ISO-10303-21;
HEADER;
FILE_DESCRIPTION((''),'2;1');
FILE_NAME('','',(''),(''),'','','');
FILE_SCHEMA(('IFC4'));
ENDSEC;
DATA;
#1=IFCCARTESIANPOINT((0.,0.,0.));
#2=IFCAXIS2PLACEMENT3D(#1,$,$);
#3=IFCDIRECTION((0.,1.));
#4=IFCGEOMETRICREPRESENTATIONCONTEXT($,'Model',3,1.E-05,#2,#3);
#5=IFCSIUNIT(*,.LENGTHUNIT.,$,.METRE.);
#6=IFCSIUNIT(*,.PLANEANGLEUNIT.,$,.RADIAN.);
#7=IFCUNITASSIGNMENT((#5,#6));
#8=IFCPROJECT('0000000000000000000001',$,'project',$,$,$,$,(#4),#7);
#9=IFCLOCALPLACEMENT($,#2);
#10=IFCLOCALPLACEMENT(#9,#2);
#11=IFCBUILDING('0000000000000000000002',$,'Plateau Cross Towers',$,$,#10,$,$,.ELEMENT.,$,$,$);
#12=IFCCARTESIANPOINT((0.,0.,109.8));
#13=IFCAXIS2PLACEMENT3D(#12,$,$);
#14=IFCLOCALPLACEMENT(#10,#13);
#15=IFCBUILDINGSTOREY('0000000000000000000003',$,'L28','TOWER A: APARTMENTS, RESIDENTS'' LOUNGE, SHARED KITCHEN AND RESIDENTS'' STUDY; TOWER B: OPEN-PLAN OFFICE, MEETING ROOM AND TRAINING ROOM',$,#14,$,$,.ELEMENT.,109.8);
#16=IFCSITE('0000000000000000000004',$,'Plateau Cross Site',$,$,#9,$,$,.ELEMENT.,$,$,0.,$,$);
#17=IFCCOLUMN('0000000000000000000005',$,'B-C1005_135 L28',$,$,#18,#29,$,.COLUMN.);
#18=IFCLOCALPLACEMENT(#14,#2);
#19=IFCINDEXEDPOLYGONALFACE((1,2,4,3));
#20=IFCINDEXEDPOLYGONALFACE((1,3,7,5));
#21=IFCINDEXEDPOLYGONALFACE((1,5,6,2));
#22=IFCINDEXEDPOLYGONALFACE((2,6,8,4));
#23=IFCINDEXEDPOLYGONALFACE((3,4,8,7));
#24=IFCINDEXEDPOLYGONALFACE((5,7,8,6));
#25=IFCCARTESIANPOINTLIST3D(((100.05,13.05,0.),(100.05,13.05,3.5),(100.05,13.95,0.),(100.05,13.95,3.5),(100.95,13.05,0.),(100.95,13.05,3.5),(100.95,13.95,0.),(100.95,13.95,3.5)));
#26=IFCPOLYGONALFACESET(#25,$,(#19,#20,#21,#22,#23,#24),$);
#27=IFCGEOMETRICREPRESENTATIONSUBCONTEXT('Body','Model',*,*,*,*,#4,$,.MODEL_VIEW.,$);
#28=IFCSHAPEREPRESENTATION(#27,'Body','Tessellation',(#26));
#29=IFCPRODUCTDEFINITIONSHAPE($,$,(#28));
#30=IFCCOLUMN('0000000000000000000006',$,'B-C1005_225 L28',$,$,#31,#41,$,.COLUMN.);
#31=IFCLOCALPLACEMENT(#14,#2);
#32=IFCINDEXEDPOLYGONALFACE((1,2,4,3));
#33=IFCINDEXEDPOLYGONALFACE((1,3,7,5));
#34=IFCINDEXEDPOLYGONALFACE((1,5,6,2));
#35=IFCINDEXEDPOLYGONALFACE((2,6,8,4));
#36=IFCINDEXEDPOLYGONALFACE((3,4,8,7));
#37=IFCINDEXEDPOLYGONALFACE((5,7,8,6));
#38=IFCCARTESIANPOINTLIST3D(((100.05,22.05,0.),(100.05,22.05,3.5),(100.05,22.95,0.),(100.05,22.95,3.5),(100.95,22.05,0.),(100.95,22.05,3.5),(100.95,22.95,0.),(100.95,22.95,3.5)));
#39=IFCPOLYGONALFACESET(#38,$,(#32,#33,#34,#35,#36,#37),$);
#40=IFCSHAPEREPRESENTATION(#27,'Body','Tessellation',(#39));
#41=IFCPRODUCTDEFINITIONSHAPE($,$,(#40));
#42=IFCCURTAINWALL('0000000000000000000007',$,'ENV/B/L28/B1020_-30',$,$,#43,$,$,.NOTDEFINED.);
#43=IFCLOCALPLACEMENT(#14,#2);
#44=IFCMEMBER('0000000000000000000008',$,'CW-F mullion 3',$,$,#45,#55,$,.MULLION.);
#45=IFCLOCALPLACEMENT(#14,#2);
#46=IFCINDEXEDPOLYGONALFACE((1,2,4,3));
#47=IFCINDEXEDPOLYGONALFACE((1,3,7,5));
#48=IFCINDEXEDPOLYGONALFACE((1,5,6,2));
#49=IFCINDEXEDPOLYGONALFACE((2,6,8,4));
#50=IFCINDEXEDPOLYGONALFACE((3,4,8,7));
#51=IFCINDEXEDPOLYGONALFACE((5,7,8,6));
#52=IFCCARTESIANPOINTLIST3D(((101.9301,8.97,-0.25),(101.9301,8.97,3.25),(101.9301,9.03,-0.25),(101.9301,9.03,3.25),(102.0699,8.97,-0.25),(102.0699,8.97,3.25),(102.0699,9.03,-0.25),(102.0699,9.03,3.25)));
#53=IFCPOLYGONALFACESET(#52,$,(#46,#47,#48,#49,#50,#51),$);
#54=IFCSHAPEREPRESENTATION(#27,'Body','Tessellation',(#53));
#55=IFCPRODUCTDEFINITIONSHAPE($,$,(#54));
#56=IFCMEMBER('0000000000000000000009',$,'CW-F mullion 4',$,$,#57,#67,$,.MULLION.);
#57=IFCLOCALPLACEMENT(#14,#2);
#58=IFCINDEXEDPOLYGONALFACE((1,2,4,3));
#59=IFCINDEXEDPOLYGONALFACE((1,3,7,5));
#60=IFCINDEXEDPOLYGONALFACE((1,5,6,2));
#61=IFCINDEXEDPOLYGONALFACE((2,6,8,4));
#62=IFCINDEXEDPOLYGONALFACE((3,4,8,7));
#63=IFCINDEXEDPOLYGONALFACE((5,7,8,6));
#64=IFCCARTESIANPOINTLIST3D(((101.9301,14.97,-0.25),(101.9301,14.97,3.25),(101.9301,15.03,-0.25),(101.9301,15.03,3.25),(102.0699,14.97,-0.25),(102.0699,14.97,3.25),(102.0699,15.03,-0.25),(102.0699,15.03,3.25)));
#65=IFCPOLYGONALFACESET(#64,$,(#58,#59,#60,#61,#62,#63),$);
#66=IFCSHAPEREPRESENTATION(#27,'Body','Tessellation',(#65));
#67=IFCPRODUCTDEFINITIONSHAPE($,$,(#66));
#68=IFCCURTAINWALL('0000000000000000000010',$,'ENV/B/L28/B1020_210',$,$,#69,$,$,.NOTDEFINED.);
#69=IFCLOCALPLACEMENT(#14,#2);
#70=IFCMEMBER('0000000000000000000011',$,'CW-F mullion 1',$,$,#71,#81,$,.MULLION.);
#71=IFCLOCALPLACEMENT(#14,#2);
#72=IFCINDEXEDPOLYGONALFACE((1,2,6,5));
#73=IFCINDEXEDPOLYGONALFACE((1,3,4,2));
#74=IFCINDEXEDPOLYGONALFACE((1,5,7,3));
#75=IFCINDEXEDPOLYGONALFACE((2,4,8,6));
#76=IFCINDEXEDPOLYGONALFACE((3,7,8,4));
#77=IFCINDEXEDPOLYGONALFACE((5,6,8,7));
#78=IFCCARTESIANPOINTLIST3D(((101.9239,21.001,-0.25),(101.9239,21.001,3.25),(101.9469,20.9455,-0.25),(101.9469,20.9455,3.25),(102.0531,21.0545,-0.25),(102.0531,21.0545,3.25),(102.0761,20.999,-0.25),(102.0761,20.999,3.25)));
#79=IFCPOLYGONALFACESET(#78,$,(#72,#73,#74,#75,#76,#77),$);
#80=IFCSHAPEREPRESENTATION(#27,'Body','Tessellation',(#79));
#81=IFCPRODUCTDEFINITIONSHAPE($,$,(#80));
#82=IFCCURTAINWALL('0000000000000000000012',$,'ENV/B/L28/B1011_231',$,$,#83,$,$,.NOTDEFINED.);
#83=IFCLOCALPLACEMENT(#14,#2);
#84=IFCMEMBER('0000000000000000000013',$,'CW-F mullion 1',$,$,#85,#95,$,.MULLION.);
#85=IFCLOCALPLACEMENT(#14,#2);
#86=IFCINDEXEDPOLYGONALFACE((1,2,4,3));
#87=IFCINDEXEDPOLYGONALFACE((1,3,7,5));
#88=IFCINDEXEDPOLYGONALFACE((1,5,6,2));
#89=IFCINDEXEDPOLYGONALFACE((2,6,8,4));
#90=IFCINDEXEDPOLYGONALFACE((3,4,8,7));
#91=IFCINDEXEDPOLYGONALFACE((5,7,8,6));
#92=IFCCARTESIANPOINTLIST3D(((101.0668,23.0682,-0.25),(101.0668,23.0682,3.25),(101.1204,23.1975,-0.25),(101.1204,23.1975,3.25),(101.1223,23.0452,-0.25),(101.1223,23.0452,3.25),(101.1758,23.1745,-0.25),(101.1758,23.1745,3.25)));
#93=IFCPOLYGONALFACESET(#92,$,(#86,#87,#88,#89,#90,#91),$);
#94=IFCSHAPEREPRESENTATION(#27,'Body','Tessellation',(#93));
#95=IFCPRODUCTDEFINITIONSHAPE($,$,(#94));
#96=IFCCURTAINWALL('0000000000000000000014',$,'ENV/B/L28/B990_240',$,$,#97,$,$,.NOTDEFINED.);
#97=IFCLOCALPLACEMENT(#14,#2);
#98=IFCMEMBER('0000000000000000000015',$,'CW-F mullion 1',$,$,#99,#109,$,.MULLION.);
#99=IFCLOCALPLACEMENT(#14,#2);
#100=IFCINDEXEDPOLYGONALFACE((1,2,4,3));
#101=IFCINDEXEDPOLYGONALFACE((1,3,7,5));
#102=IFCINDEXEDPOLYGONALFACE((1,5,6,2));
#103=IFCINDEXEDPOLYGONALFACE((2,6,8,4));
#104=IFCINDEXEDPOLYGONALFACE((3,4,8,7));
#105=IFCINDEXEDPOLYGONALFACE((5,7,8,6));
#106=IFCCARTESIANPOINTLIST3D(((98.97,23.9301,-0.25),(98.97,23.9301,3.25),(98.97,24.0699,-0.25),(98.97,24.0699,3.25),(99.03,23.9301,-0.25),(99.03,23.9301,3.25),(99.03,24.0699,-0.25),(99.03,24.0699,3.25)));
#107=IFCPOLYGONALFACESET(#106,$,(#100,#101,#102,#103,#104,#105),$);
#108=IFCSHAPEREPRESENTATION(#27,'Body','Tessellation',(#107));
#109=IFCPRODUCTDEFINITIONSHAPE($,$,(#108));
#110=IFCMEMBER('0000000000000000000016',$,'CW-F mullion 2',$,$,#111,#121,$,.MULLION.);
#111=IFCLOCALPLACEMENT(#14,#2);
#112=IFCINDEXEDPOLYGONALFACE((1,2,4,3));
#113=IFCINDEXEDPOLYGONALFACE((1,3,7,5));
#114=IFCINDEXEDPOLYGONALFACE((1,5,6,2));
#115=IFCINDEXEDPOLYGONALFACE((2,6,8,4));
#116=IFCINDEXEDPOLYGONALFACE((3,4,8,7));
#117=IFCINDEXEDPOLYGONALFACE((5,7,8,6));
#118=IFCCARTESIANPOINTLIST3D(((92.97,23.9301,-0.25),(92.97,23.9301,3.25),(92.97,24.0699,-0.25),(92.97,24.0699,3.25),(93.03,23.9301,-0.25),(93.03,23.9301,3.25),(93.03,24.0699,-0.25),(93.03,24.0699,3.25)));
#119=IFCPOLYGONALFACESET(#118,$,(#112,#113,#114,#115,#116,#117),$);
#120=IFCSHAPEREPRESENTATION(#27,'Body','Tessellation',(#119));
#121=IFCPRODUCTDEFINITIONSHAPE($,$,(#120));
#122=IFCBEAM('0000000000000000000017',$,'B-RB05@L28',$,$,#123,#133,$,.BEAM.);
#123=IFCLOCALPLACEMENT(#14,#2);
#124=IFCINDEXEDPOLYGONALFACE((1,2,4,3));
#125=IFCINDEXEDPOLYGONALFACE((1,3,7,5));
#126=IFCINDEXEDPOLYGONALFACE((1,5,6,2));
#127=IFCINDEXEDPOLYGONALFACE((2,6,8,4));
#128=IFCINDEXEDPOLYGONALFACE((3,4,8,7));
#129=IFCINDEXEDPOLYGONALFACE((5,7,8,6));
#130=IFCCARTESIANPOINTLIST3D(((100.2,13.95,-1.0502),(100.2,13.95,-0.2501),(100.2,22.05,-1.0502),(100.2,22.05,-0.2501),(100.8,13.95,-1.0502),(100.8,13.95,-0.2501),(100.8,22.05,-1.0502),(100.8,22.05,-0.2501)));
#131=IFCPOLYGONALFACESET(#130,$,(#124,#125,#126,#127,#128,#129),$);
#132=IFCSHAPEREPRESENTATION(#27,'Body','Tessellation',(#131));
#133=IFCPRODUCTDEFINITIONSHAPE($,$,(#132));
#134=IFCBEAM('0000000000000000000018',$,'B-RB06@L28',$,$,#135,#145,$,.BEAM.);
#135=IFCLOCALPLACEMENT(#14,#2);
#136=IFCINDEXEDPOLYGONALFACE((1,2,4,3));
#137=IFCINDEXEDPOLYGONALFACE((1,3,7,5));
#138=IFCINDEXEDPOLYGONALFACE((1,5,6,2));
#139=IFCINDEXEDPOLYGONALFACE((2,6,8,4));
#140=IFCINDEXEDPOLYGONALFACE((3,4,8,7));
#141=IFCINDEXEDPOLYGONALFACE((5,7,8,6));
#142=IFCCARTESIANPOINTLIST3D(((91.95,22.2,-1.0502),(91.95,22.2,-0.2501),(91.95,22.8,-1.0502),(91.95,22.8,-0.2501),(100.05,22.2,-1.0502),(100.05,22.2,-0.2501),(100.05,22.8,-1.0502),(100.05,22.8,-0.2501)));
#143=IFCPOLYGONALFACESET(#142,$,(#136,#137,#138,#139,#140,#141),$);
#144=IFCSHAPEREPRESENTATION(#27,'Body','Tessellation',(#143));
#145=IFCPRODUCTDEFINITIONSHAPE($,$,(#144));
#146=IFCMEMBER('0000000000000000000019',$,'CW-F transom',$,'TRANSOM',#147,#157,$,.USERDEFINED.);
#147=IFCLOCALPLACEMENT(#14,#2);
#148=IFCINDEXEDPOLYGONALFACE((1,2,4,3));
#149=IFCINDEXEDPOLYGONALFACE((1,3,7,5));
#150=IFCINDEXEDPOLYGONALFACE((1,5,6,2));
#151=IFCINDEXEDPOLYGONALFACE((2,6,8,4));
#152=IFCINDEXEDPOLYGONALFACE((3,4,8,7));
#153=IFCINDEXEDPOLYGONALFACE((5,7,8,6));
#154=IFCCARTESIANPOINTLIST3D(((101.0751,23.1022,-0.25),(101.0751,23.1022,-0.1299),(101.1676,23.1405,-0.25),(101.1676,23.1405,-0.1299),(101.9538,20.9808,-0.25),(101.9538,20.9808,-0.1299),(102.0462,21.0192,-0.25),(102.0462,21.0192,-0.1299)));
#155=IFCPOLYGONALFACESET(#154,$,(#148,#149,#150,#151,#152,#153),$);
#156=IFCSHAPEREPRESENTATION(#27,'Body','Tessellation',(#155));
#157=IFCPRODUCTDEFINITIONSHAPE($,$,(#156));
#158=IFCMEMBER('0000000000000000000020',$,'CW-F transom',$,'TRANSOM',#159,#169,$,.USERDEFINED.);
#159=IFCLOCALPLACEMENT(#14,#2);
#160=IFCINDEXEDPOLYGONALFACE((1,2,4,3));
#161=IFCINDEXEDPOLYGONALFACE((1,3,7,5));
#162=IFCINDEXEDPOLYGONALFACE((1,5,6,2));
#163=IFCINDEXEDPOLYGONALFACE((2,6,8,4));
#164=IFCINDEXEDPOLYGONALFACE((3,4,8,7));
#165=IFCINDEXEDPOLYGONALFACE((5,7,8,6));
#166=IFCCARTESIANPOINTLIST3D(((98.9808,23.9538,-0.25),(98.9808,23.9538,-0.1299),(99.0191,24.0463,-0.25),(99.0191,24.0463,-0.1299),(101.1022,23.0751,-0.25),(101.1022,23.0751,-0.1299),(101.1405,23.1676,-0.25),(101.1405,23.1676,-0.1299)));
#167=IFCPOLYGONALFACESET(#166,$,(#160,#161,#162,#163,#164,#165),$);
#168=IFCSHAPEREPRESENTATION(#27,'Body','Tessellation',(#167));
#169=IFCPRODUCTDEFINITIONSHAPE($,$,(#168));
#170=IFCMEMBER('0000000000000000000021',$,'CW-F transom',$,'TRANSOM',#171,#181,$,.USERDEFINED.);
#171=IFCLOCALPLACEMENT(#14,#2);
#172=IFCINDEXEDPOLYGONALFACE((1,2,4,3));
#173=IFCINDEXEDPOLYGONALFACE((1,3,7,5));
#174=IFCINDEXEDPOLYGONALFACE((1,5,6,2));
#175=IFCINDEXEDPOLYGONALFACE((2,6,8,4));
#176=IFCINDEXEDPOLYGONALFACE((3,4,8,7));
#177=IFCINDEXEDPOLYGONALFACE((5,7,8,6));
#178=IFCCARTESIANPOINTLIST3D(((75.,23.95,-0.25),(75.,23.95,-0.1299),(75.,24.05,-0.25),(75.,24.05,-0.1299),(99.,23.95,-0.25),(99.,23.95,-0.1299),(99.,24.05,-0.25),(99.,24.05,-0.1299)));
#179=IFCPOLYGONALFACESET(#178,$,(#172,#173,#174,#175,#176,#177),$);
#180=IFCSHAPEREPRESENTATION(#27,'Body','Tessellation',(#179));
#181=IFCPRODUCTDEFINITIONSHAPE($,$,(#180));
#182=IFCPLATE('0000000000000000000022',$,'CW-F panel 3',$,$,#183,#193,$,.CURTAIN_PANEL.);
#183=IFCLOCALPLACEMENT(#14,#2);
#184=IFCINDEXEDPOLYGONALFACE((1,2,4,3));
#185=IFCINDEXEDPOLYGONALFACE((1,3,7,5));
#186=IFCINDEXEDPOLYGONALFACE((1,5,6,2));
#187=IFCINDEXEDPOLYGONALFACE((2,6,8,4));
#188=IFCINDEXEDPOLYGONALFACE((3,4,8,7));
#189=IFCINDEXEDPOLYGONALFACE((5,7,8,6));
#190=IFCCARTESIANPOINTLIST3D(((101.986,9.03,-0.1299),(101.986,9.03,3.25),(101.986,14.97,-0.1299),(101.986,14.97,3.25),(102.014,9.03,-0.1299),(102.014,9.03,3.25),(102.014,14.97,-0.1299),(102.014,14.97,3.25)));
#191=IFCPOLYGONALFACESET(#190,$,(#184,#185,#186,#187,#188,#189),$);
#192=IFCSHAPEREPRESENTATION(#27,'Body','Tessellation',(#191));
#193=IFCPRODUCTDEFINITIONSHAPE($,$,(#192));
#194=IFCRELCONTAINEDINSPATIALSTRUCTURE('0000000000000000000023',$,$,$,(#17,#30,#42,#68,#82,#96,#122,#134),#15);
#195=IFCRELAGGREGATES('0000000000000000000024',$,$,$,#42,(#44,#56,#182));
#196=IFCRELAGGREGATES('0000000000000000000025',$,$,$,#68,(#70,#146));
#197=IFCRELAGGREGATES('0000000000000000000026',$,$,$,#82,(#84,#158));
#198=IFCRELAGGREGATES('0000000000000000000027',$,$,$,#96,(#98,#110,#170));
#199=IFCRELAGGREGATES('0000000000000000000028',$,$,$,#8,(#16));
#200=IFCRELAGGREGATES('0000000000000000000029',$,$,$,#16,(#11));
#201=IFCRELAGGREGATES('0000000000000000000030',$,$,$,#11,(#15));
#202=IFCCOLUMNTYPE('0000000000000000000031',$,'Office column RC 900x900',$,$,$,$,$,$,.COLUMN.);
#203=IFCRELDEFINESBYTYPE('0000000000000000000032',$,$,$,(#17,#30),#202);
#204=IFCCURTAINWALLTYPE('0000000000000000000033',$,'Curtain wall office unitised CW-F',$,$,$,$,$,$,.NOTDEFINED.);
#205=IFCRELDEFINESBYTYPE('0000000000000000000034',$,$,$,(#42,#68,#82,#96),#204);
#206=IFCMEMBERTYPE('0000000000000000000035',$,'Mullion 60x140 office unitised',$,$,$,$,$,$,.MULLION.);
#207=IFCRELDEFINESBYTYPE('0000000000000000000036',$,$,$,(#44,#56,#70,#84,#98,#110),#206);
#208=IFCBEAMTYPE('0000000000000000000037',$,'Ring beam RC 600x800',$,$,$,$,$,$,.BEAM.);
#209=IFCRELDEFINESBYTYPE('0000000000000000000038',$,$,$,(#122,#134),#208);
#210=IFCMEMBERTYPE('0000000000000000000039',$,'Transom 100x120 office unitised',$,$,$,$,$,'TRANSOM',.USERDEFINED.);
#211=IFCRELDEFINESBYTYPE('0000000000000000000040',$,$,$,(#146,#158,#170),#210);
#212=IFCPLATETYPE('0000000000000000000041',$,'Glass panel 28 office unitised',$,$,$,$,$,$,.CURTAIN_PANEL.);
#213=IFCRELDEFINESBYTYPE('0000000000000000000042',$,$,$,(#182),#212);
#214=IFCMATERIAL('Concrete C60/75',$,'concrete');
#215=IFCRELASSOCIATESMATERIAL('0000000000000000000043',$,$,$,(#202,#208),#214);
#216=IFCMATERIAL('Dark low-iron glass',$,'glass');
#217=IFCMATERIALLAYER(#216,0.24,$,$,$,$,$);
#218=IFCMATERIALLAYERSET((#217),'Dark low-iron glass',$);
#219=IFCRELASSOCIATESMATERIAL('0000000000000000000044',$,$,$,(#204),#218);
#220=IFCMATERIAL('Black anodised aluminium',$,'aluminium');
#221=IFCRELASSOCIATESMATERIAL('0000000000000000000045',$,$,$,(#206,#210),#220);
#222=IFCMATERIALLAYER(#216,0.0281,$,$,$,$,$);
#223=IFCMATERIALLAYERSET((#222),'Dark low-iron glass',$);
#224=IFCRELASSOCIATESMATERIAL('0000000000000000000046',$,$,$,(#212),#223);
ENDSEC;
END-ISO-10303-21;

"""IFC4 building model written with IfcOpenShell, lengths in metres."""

from ifc_helpers import new_model, si_unit, direction, frame, origin, origin_2d, place, context, subcontext, project, spatial, rectangle, extrude, material, layer, layer_set, material_profile, profile_set, type_object, element, aggregate, save


model = new_model("IFC4")

# Units and contexts
model_context = context("Model", 3, precision=1e-05, world=origin(), true_north=direction((0.0, 1.0)))
body_context = subcontext(model_context, "Body", "Model", "MODEL_VIEW")
ifc_project = project(units=[si_unit("LENGTHUNIT", "METRE"), si_unit("PLANEANGLEUNIT", "RADIAN")], contexts=[model_context])

# Site, building, storey
site_placement = place(None, origin())
site = spatial("IfcSite", under=ifc_project, at=site_placement, Name="Plateau Cross Site", CompositionType="ELEMENT", RefElevation=0.0)
building_placement = place(site_placement, origin())
building = spatial("IfcBuilding", under=site, at=building_placement, Name="Plateau Cross Towers", CompositionType="ELEMENT")
storey_placement = place(building_placement, frame((0.0, 0.0, 109.8)))
storey = spatial("IfcBuildingStorey", under=building, at=storey_placement, Name="L28", Description="TOWER A: APARTMENTS, RESIDENTS' LOUNGE, SHARED KITCHEN AND RESIDENTS' STUDY; TOWER B: OPEN-PLAN OFFICE, MEETING ROOM AND TRAINING ROOM", CompositionType="ELEMENT", Elevation=109.8)

# Columns
ifc_material_1 = material(Name="Concrete C60/75", Category="concrete")
ifc_material_profile_1 = material_profile(ifc_material_1, rectangle(XDim=0.8999, YDim=0.8999, at=origin_2d()), Name="RC 900x900")
ifc_profile_set_1 = profile_set([ifc_material_profile_1], Name="Concrete C60/75")
column_type = type_object("IfcColumnType", Name="Office column RC 900x900", PredefinedType="COLUMN", material=ifc_profile_set_1)
for number, where, z_axis, x_axis, name in (
    (1, (100.5, 13.5, 0.0), (0.0, 0.0, 1.0), (1.0, 0.0, 0.0), "B-C1005_135 L28"),
    (2, (100.5, 22.5, 0.0), (0.0, 0.0, 1.0), (1.0, 0.0, 0.0), "B-C1005_225 L28"),
):
    element("IfcColumn", number, at=place(storey_placement, frame(where, z_axis=z_axis, x_axis=x_axis)), inside=storey, type_object=column_type, Name=name, PredefinedType="COLUMN", context=body_context, shape_type="SweptSolid", body=[
        extrude(rectangle(XDim=0.8999, YDim=0.8999, at=origin_2d()), origin(), (0.0, 0.0, 1.0), 3.5),
    ])

# Curtain wall, members
ifc_material_2 = material(Name="Dark low-iron glass", Category="glass")
ifc_layer_1 = layer(ifc_material_2, 0.24)
ifc_layer_set_1 = layer_set([ifc_layer_1], Name="Dark low-iron glass")
curtain_wall_type = type_object("IfcCurtainWallType", Name="Curtain wall office unitised CW-F", PredefinedType="NOTDEFINED", material=ifc_layer_set_1)
curtain_wall_1_placement = place(storey_placement, origin())
curtain_wall_1 = element("IfcCurtainWall", 3, at=curtain_wall_1_placement, inside=storey, type_object=curtain_wall_type, Name="ENV/B/L28/B1020_-30", PredefinedType="NOTDEFINED")
ifc_material_3 = material(Name="Black anodised aluminium", Category="aluminium")
ifc_material_profile_2 = material_profile(ifc_material_3, rectangle(XDim=0.0601, YDim=0.1399, at=origin_2d()), Name="MULLION 60x140")
ifc_profile_set_2 = profile_set([ifc_material_profile_2], Name="Black anodised aluminium")
member_type_1 = type_object("IfcMemberType", Name="Mullion 60x140 office unitised", PredefinedType="MULLION", material=ifc_profile_set_2)
member_1_placement = place(storey_placement, frame((102.0, 9.0, -0.25), z_axis=(0.0, 0.0, 1.0), x_axis=(0.0, 1.0, 0.0)))
member_1 = element("IfcMember", 4, at=member_1_placement, type_object=member_type_1, Name="CW-F mullion 3", PredefinedType="MULLION", context=body_context, shape_type="SweptSolid", body=[
    extrude(rectangle(XDim=0.0601, YDim=0.1399, at=origin_2d()), origin(), (0.0, 0.0, 1.0), 3.5),
])
member_2_placement = place(storey_placement, frame((102.0, 15.0, -0.25), z_axis=(0.0, 0.0, 1.0), x_axis=(0.0, 1.0, 0.0)))
member_2 = element("IfcMember", 5, at=member_2_placement, type_object=member_type_1, Name="CW-F mullion 4", PredefinedType="MULLION", context=body_context, shape_type="SweptSolid", body=[
    extrude(rectangle(XDim=0.0601, YDim=0.1399, at=origin_2d()), origin(), (0.0, 0.0, 1.0), 3.5),
])

# Curtain walls, members
curtain_wall_2_placement = place(storey_placement, origin())
curtain_wall_2 = element("IfcCurtainWall", 6, at=curtain_wall_2_placement, inside=storey, type_object=curtain_wall_type, Name="ENV/B/L28/B1020_210", PredefinedType="NOTDEFINED")
member_3_placement = place(storey_placement, frame((102.0, 21.0, -0.25), z_axis=(0.0, 0.0, 1.0), x_axis=(-0.382684, 0.923879, 0.0)))
member_3 = element("IfcMember", 7, at=member_3_placement, type_object=member_type_1, Name="CW-F mullion 1", PredefinedType="MULLION", context=body_context, shape_type="SweptSolid", body=[
    extrude(rectangle(XDim=0.0601, YDim=0.1399, at=origin_2d()), origin(), (0.0, 0.0, 1.0), 3.5),
])
curtain_wall_3_placement = place(storey_placement, origin())
curtain_wall_3 = element("IfcCurtainWall", 8, at=curtain_wall_3_placement, inside=storey, type_object=curtain_wall_type, Name="ENV/B/L28/B1011_231", PredefinedType="NOTDEFINED")
member_4_placement = place(storey_placement, frame((101.1213, 23.1213, -0.25), z_axis=(0.0, 0.0, 1.0), x_axis=(-0.923879, 0.382684, 0.0)))
member_4 = element("IfcMember", 9, at=member_4_placement, type_object=member_type_1, Name="CW-F mullion 1", PredefinedType="MULLION", context=body_context, shape_type="SweptSolid", body=[
    extrude(rectangle(XDim=0.0601, YDim=0.1399, at=origin_2d()), origin(), (0.0, 0.0, 1.0), 3.5),
])

# Curtain wall, members
curtain_wall_4_placement = place(storey_placement, origin())
curtain_wall_4 = element("IfcCurtainWall", 10, at=curtain_wall_4_placement, inside=storey, type_object=curtain_wall_type, Name="ENV/B/L28/B990_240", PredefinedType="NOTDEFINED")
member_5_placement = place(storey_placement, frame((99.0, 24.0, -0.25), z_axis=(0.0, 0.0, 1.0), x_axis=(-1.0, 0.0, 0.0)))
member_5 = element("IfcMember", 11, at=member_5_placement, type_object=member_type_1, Name="CW-F mullion 1", PredefinedType="MULLION", context=body_context, shape_type="SweptSolid", body=[
    extrude(rectangle(XDim=0.0601, YDim=0.1399, at=origin_2d()), origin(), (0.0, 0.0, 1.0), 3.5),
])
member_6_placement = place(storey_placement, frame((93.0, 24.0, -0.25), z_axis=(0.0, 0.0, 1.0), x_axis=(-1.0, 0.0, 0.0)))
member_6 = element("IfcMember", 12, at=member_6_placement, type_object=member_type_1, Name="CW-F mullion 2", PredefinedType="MULLION", context=body_context, shape_type="SweptSolid", body=[
    extrude(rectangle(XDim=0.0601, YDim=0.1399, at=origin_2d()), origin(), (0.0, 0.0, 1.0), 3.5),
])

# Beams
ifc_material_profile_3 = material_profile(ifc_material_1, rectangle(XDim=0.6001, YDim=0.8, at=origin_2d()), Name="RC 600x800")
ifc_profile_set_3 = profile_set([ifc_material_profile_3], Name="Concrete C60/75")
beam_type = type_object("IfcBeamType", Name="Ring beam RC 600x800", PredefinedType="BEAM", material=ifc_profile_set_3)
for number, where, z_axis, x_axis, name in (
    (13, (100.5, 13.95, -0.6501), (0.0, 1.0, 0.0), (-1.0, 0.0, 0.0), "B-RB05@L28"),
    (14, (100.05, 22.5, -0.6501), (-1.0, 0.0, 0.0), (0.0, -1.0, 0.0), "B-RB06@L28"),
):
    element("IfcBeam", number, at=place(storey_placement, frame(where, z_axis=z_axis, x_axis=x_axis)), inside=storey, type_object=beam_type, Name=name, PredefinedType="BEAM", context=body_context, shape_type="SweptSolid", body=[
        extrude(rectangle(XDim=0.6001, YDim=0.8, at=origin_2d()), origin(), (0.0, 0.0, 1.0), 8.1001),
    ])

# Members
ifc_material_profile_4 = material_profile(ifc_material_3, rectangle(XDim=0.1001, YDim=0.1201, at=origin_2d()), Name="TRANSOM 100x120")
ifc_profile_set_4 = profile_set([ifc_material_profile_4], Name="Black anodised aluminium")
member_type_2 = type_object("IfcMemberType", Name="Transom 100x120 office unitised", ElementType="TRANSOM", PredefinedType="USERDEFINED", material=ifc_profile_set_4)
member_7_placement = place(storey_placement, frame((102.0, 21.0, -0.1899), z_axis=(-0.382674, 0.923883, 0.0), x_axis=(-0.923883, -0.382674, 0.0)))
member_7 = element("IfcMember", 15, at=member_7_placement, type_object=member_type_2, Name="CW-F transom", ObjectType="TRANSOM", PredefinedType="USERDEFINED", context=body_context, shape_type="SweptSolid", body=[
    extrude(rectangle(XDim=0.1001, YDim=0.1201, at=origin_2d()), origin(), (0.0, 0.0, 1.0), 2.2961),
])
member_8_placement = place(storey_placement, frame((101.1213, 23.1213, -0.1899), z_axis=(-0.923883, 0.382674, 0.0), x_axis=(-0.382674, -0.923883, 0.0)))
member_8 = element("IfcMember", 16, at=member_8_placement, type_object=member_type_2, Name="CW-F transom", ObjectType="TRANSOM", PredefinedType="USERDEFINED", context=body_context, shape_type="SweptSolid", body=[
    extrude(rectangle(XDim=0.1001, YDim=0.1201, at=origin_2d()), origin(), (0.0, 0.0, 1.0), 2.2961),
])
member_9_placement = place(storey_placement, frame((99.0, 24.0, -0.1899), z_axis=(-1.0, 0.0, 0.0), x_axis=(0.0, -1.0, 0.0)))
member_9 = element("IfcMember", 17, at=member_9_placement, type_object=member_type_2, Name="CW-F transom", ObjectType="TRANSOM", PredefinedType="USERDEFINED", context=body_context, shape_type="SweptSolid", body=[
    extrude(rectangle(XDim=0.1001, YDim=0.1201, at=origin_2d()), origin(), (0.0, 0.0, 1.0), 24.0),
])

# Plate
ifc_layer_2 = layer(ifc_material_2, 0.0281)
ifc_layer_set_2 = layer_set([ifc_layer_2], Name="Dark low-iron glass")
plate_type = type_object("IfcPlateType", Name="Glass panel 28 office unitised", PredefinedType="CURTAIN_PANEL", material=ifc_layer_set_2)
plate_1_placement = place(storey_placement, frame((102.0, 12.0, -0.1299), z_axis=(0.0, 0.0, 1.0), x_axis=(0.0, 1.0, 0.0)))
plate_1 = element("IfcPlate", 18, at=plate_1_placement, type_object=plate_type, Name="CW-F panel 3", PredefinedType="CURTAIN_PANEL", context=body_context, shape_type="SweptSolid", body=[
    extrude(rectangle(XDim=5.9399, YDim=0.0281, at=origin_2d()), origin(), (0.0, 0.0, 1.0), 3.3799),
])
aggregate(curtain_wall_1, [member_1, member_2, plate_1])
aggregate(curtain_wall_2, [member_3, member_7])
aggregate(curtain_wall_3, [member_4, member_8])
aggregate(curtain_wall_4, [member_5, member_6, member_9])

save(model, "model.ifc")
